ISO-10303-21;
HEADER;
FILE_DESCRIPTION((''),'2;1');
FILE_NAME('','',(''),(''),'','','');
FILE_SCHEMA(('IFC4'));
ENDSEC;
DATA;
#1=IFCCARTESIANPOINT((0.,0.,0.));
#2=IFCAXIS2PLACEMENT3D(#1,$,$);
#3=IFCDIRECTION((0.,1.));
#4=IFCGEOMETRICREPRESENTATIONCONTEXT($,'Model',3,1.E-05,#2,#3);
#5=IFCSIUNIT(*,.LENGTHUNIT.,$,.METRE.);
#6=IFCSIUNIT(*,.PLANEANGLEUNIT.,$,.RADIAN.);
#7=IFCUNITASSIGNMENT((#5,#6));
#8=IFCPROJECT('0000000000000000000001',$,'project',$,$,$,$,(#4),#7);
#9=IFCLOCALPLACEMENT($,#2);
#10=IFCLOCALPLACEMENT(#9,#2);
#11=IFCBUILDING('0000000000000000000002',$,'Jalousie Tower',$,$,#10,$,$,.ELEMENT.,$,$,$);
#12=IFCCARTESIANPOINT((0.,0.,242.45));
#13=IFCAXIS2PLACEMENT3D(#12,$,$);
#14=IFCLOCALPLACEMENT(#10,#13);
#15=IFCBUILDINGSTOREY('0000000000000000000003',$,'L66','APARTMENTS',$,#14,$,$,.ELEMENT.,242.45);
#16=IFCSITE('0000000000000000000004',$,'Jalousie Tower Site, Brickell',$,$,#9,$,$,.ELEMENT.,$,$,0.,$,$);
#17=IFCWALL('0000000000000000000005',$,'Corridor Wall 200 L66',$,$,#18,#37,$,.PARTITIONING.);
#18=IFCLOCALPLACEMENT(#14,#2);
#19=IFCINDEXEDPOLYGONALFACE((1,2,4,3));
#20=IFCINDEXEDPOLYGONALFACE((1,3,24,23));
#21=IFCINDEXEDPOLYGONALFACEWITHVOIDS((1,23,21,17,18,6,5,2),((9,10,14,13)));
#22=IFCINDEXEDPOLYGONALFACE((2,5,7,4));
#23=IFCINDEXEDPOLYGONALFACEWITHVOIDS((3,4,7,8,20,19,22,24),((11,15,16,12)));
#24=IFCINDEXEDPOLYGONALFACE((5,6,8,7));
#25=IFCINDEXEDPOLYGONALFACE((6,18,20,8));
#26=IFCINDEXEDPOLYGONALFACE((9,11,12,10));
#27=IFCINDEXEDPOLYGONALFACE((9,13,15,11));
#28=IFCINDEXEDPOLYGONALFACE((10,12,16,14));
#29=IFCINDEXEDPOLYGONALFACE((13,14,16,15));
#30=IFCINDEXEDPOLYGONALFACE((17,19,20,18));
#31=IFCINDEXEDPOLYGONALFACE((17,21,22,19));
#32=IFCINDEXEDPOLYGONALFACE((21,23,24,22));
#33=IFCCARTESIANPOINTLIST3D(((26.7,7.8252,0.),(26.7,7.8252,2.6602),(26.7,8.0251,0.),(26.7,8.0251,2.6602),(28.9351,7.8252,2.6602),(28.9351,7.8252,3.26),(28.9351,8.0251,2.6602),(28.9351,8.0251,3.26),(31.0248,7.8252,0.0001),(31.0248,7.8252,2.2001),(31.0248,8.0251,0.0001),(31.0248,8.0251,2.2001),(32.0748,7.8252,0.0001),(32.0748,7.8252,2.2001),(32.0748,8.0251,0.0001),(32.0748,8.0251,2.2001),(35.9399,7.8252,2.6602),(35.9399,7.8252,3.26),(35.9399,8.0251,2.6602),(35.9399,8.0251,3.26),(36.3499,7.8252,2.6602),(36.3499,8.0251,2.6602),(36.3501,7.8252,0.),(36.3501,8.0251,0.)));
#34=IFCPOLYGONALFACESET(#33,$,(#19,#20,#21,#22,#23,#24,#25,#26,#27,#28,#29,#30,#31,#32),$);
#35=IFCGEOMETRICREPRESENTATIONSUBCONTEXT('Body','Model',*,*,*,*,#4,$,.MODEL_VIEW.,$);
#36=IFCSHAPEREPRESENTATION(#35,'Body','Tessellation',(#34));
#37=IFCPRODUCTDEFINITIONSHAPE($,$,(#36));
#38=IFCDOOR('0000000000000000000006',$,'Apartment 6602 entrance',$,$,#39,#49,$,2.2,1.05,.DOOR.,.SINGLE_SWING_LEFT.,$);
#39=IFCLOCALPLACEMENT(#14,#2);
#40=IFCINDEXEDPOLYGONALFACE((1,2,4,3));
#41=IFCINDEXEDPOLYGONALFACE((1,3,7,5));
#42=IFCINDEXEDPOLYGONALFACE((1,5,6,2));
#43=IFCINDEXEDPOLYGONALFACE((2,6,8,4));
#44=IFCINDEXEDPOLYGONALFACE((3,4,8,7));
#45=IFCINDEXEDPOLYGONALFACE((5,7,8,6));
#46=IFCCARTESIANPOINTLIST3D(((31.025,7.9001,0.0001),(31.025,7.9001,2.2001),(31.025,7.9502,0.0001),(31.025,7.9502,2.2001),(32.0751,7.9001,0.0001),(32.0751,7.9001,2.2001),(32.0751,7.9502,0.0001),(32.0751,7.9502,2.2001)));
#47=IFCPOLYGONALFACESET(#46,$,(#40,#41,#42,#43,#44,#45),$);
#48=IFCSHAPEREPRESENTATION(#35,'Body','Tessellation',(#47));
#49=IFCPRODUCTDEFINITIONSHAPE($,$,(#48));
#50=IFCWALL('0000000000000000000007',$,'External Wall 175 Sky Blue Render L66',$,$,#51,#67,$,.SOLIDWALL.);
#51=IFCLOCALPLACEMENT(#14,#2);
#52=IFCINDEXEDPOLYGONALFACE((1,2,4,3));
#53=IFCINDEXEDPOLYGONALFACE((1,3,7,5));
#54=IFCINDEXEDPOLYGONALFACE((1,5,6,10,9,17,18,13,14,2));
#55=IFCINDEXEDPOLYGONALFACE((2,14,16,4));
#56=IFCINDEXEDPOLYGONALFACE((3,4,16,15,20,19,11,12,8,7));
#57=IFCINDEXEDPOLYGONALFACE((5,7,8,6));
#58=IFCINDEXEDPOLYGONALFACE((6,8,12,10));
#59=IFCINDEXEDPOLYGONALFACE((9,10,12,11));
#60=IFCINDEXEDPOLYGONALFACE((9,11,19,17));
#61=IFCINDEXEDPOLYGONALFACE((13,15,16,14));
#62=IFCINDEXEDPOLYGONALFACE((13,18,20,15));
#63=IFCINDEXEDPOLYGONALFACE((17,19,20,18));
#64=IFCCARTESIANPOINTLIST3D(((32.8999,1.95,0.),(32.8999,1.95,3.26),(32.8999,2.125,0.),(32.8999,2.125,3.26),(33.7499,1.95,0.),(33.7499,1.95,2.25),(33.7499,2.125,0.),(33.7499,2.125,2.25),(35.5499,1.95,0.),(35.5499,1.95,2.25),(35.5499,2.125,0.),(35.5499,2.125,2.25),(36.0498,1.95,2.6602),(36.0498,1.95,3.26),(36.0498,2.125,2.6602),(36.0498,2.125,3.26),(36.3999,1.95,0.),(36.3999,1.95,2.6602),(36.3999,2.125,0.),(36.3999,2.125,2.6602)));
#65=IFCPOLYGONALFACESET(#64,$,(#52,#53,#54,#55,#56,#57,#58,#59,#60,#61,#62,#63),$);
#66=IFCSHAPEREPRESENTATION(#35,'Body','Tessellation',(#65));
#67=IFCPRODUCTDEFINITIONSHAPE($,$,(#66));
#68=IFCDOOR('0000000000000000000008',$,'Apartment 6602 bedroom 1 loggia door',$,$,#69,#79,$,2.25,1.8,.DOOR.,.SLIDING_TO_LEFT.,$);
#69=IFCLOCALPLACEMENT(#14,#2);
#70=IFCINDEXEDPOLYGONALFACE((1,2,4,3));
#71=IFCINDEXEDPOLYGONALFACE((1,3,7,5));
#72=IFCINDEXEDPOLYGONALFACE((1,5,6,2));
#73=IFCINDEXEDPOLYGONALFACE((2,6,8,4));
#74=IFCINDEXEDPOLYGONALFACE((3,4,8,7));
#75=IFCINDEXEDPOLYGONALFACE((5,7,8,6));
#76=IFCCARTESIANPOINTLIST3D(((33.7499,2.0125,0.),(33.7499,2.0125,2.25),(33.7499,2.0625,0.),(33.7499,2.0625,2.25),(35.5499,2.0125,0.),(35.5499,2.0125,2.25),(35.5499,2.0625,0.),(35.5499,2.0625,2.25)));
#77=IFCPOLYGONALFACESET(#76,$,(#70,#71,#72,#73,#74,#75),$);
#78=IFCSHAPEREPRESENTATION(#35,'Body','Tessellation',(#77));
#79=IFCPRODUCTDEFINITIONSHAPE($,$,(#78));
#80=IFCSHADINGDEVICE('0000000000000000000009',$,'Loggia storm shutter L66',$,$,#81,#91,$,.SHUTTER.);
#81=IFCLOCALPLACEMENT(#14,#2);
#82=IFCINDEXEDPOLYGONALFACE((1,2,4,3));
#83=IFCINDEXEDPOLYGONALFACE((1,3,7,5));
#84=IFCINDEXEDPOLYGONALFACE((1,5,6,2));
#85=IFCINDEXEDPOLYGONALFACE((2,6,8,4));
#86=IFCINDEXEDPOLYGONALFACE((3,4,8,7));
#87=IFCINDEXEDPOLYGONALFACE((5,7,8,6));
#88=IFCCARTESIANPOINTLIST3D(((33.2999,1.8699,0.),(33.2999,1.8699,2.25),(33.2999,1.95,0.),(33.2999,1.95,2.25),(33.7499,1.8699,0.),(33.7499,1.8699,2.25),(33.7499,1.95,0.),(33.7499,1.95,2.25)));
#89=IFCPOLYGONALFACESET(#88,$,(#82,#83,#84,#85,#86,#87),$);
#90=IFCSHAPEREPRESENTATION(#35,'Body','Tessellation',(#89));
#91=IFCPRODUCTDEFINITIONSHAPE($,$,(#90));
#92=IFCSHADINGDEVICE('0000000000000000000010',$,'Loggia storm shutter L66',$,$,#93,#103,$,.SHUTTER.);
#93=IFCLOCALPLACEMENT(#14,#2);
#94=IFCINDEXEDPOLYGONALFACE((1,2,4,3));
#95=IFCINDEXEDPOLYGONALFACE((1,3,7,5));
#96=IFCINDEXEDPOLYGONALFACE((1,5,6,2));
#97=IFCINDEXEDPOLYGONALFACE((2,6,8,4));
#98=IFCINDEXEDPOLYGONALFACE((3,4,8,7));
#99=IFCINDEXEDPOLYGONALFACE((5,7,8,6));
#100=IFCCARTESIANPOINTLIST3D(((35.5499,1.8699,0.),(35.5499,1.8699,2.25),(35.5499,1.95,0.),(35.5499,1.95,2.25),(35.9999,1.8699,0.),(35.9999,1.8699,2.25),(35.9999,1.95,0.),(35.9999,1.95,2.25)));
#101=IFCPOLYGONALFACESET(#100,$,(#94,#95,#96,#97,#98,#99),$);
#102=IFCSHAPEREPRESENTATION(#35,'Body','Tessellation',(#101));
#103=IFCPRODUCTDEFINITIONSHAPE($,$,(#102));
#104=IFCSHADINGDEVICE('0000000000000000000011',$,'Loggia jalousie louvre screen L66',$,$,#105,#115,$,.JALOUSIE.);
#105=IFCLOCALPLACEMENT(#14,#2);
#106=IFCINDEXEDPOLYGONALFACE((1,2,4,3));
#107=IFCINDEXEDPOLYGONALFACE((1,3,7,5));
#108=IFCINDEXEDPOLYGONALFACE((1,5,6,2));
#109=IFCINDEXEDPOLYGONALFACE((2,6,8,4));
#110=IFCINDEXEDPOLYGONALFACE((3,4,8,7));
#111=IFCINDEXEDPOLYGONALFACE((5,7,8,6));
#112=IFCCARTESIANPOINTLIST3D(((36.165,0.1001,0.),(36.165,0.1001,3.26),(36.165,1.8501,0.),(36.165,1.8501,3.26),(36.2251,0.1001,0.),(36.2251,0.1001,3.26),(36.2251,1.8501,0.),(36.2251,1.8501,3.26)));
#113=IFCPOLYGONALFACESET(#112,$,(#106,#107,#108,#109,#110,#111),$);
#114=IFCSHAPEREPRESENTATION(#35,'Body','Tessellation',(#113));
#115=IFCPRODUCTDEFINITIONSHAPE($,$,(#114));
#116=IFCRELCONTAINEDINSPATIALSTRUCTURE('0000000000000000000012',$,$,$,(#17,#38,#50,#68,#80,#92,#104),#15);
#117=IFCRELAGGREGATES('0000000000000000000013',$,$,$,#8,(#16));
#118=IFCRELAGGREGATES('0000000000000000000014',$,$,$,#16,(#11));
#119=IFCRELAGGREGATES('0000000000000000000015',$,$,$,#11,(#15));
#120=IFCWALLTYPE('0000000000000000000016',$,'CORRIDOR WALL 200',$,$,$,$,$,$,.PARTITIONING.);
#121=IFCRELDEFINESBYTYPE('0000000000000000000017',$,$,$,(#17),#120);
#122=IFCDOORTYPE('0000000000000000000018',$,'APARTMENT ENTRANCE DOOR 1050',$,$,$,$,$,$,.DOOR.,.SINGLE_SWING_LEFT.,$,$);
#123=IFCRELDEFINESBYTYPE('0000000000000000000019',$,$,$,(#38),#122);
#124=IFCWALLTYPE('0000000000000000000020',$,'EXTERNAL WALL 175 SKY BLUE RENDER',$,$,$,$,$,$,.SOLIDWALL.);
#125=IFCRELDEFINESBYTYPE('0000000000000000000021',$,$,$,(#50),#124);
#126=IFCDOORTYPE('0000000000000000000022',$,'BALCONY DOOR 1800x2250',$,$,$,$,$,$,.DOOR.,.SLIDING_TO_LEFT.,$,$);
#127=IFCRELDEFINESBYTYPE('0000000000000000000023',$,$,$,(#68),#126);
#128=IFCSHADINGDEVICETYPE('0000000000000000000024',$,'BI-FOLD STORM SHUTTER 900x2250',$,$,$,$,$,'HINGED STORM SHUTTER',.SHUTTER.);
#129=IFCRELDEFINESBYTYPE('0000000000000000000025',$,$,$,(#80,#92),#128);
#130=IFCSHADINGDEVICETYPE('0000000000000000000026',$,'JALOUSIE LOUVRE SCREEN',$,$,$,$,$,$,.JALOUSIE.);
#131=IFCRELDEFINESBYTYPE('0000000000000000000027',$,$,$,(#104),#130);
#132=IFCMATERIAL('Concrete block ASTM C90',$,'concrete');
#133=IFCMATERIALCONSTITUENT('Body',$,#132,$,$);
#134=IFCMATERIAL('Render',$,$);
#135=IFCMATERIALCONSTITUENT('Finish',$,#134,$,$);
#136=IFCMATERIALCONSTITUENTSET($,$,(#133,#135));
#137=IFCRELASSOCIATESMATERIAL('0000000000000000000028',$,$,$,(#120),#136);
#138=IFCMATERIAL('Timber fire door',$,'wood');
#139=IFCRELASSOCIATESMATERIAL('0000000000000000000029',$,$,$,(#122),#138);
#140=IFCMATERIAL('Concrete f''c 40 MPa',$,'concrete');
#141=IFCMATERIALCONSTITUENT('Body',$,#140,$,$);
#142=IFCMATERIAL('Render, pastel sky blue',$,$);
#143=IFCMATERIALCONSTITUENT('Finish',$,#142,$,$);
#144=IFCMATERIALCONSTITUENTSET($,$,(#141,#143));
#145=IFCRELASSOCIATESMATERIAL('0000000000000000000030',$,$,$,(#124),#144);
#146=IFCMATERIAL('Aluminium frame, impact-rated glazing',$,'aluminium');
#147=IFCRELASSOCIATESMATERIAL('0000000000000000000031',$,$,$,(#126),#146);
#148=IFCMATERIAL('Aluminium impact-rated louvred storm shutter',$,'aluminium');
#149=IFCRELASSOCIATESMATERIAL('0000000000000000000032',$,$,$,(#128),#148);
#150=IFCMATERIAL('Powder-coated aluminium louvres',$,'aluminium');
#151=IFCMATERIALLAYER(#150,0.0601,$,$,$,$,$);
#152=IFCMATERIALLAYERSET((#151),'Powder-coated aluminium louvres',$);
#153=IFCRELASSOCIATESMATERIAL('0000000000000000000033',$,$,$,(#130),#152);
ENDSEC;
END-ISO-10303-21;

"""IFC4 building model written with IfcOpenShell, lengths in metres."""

from ifc_helpers import new_model, si_unit, direction, frame, frame_2d, origin, origin_2d, place, context, subcontext, project, spatial, polyline, rectangle, outline, extrude, material, layer, layer_set, constituent, constituent_set, type_object, element, fill, save


model = new_model("IFC4")

# Units and contexts
model_context = context("Model", 3, precision=1e-05, world=origin(), true_north=direction((0.0, 1.0)))
body_context = subcontext(model_context, "Body", "Model", "MODEL_VIEW")
ifc_project = project(units=[si_unit("LENGTHUNIT", "METRE"), si_unit("PLANEANGLEUNIT", "RADIAN")], contexts=[model_context])

# Site, building, storey
site_placement = place(None, origin())
site = spatial("IfcSite", under=ifc_project, at=site_placement, Name="Jalousie Tower Site, Brickell", CompositionType="ELEMENT", RefElevation=0.0)
building_placement = place(site_placement, origin())
building = spatial("IfcBuilding", under=site, at=building_placement, Name="Jalousie Tower", CompositionType="ELEMENT")
storey_placement = place(building_placement, frame((0.0, 0.0, 242.45)))
storey = spatial("IfcBuildingStorey", under=building, at=storey_placement, Name="L66", Description="APARTMENTS", CompositionType="ELEMENT", Elevation=242.45)

# Walls, openings, doors
ifc_material_1 = material(Name="Concrete block ASTM C90", Category="concrete")
ifc_constituent_1 = constituent(ifc_material_1, Name="Body")
ifc_material_2 = material(Name="Render")
ifc_constituent_2 = constituent(ifc_material_2, Name="Finish")
ifc_constituent_set_1 = constituent_set(constituents=[ifc_constituent_1, ifc_constituent_2])
wall_type_1 = type_object("IfcWallType", Name="CORRIDOR WALL 200", PredefinedType="PARTITIONING", material=ifc_constituent_set_1)
wall_1_placement = place(storey_placement, frame((26.7, 7.925, 0.0), z_axis=(0.0, 0.0, 1.0), x_axis=(1.0, 0.0, 0.0)))
wall_1 = element("IfcWall", 1, at=wall_1_placement, inside=storey, type_object=wall_type_1, Name="Corridor Wall 200 L66", PredefinedType="PARTITIONING", context=body_context, shape_type="SweptSolid", body=[
    extrude(outline(polyline([(0.0, 0.0), (9.6501, 0.0), (9.6499, 3.26), (9.6499, 2.6602), (9.24, 2.6602), (9.24, 3.26), (2.2351, 3.26), (2.2351, 2.6602), (0.0, 2.6602), (0.0, 3.26), (0.0, 0.0)])), frame((0.0, 0.1001, 0.0), z_axis=(0.0, -1.0, 0.0), x_axis=(1.0, 0.0, 0.0)), (0.0, 0.0, 1.0), 0.2),
])
opening_1_placement = place(wall_1_placement, frame((4.325, 0.0, 0.0)))
opening_1 = element("IfcOpeningElement", 2, at=opening_1_placement, cuts=wall_1, PredefinedType="OPENING", context=body_context, shape_type="SweptSolid", body=[
    extrude(rectangle(XDim=1.05, YDim=2.2, at=frame_2d((0.5249, 1.1001))), frame((0.0, 0.1099, 0.0), z_axis=(0.0, -1.0, 0.0), x_axis=(1.0, 0.0, 0.0)), (0.0, 0.0, 1.0), 0.22),
])
ifc_material_3 = material(Name="Timber fire door", Category="wood")
door_type_1 = type_object("IfcDoorType", Name="APARTMENT ENTRANCE DOOR 1050", OperationType="SINGLE_SWING_LEFT", PredefinedType="DOOR", material=ifc_material_3)
door_1_placement = place(opening_1_placement, frame((1.05, 0.0, 0.0), z_axis=(0.0, 0.0, 1.0), x_axis=(-1.0, 0.0, 0.0)))
door_1 = element("IfcDoor", 3, at=door_1_placement, inside=storey, type_object=door_type_1, Name="Apartment 6602 entrance", OperationType="SINGLE_SWING_LEFT", OverallHeight=2.2, OverallWidth=1.05, PredefinedType="DOOR", context=body_context, shape_type="SweptSolid", body=[
    extrude(rectangle(XDim=1.05, YDim=2.2, at=frame_2d((0.5249, 1.1001))), frame((0.0, 0.0249, 0.0), z_axis=(0.0, -1.0, 0.0), x_axis=(1.0, 0.0, 0.0)), (0.0, 0.0, 1.0), 0.05),
])
fill(opening_1, door_1)
ifc_material_4 = material(Name="Concrete f'c 40 MPa", Category="concrete")
ifc_constituent_3 = constituent(ifc_material_4, Name="Body")
ifc_material_5 = material(Name="Render, pastel sky blue")
ifc_constituent_4 = constituent(ifc_material_5, Name="Finish")
ifc_constituent_set_2 = constituent_set(constituents=[ifc_constituent_3, ifc_constituent_4])
wall_type_2 = type_object("IfcWallType", Name="EXTERNAL WALL 175 SKY BLUE RENDER", PredefinedType="SOLIDWALL", material=ifc_constituent_set_2)
wall_2_placement = place(storey_placement, frame((32.8999, 2.0376, 0.0), z_axis=(0.0, 0.0, 1.0), x_axis=(1.0, 0.0, 0.0)))
wall_2 = element("IfcWall", 4, at=wall_2_placement, inside=storey, type_object=wall_type_2, Name="External Wall 175 Sky Blue Render L66", PredefinedType="SOLIDWALL", context=body_context, shape_type="SweptSolid", body=[
    extrude(outline(polyline([(0.0, 0.0), (3.5, 0.0), (3.5, 2.6602), (3.1499, 2.6602), (3.1499, 3.26), (0.0, 3.26), (0.0, 0.0)])), frame((0.0, 0.0874, 0.0), z_axis=(0.0, -1.0, 0.0), x_axis=(1.0, 0.0, 0.0)), (0.0, 0.0, 1.0), 0.175),
])
opening_2_placement = place(wall_2_placement, frame((0.8501, 0.0, 0.0)))
opening_2 = element("IfcOpeningElement", 5, at=opening_2_placement, cuts=wall_2, PredefinedType="OPENING", context=body_context, shape_type="SweptSolid", body=[
    extrude(rectangle(XDim=1.8, YDim=2.25, at=frame_2d((0.8999, 1.125))), frame((0.0, 0.0974, 0.0), z_axis=(0.0, -1.0, 0.0), x_axis=(1.0, 0.0, 0.0)), (0.0, 0.0, 1.0), 0.1951),
])
ifc_material_6 = material(Name="Aluminium frame, impact-rated glazing", Category="aluminium")
door_type_2 = type_object("IfcDoorType", Name="BALCONY DOOR 1800x2250", OperationType="SLIDING_TO_LEFT", PredefinedType="DOOR", material=ifc_material_6)
door_2_placement = place(opening_2_placement, origin())
door_2 = element("IfcDoor", 6, at=door_2_placement, inside=storey, type_object=door_type_2, Name="Apartment 6602 bedroom 1 loggia door", OperationType="SLIDING_TO_LEFT", OverallHeight=2.25, OverallWidth=1.8, PredefinedType="DOOR", context=body_context, shape_type="SweptSolid", body=[
    extrude(rectangle(XDim=1.8, YDim=2.25, at=frame_2d((0.8999, 1.125))), frame((0.0, 0.0249, 0.0), z_axis=(0.0, -1.0, 0.0), x_axis=(1.0, 0.0, 0.0)), (0.0, 0.0, 1.0), 0.05),
])
fill(opening_2, door_2)

# Shading devices
ifc_material_7 = material(Name="Aluminium impact-rated louvred storm shutter", Category="aluminium")
shading_device_type_1 = type_object("IfcShadingDeviceType", Name="BI-FOLD STORM SHUTTER 900x2250", ElementType="HINGED STORM SHUTTER", PredefinedType="SHUTTER", material=ifc_material_7)
for number, where, z_axis, x_axis, name in (
    (7, (33.5249, 1.9099, 0.0), (0.0, 0.0, 1.0), (1.0, 0.0, 0.0), "Loggia storm shutter L66"),
    (8, (35.7749, 1.9099, 0.0), (0.0, 0.0, 1.0), (1.0, 0.0, 0.0), "Loggia storm shutter L66"),
):
    element("IfcShadingDevice", number, at=place(storey_placement, frame(where, z_axis=z_axis, x_axis=x_axis)), inside=storey, type_object=shading_device_type_1, Name=name, PredefinedType="SHUTTER", context=body_context, shape_type="SweptSolid", body=[
        extrude(rectangle(XDim=0.45, YDim=0.0801, at=origin_2d()), origin(), (0.0, 0.0, 1.0), 2.25),
    ])
ifc_material_8 = material(Name="Powder-coated aluminium louvres", Category="aluminium")
ifc_layer_1 = layer(ifc_material_8, 0.0601)
ifc_layer_set_1 = layer_set([ifc_layer_1], Name="Powder-coated aluminium louvres")
shading_device_type_2 = type_object("IfcShadingDeviceType", Name="JALOUSIE LOUVRE SCREEN", PredefinedType="JALOUSIE", material=ifc_layer_set_1)
shading_device_placement = place(storey_placement, frame((36.1951, 0.9751, 0.0), z_axis=(0.0, 0.0, 1.0), x_axis=(1.0, 0.0, 0.0)))
element("IfcShadingDevice", 9, at=shading_device_placement, inside=storey, type_object=shading_device_type_2, Name="Loggia jalousie louvre screen L66", PredefinedType="JALOUSIE", context=body_context, shape_type="SweptSolid", body=[
    extrude(rectangle(XDim=0.0601, YDim=1.75, at=origin_2d()), origin(), (0.0, 0.0, 1.0), 3.26),
])

save(model, "model.ifc")
